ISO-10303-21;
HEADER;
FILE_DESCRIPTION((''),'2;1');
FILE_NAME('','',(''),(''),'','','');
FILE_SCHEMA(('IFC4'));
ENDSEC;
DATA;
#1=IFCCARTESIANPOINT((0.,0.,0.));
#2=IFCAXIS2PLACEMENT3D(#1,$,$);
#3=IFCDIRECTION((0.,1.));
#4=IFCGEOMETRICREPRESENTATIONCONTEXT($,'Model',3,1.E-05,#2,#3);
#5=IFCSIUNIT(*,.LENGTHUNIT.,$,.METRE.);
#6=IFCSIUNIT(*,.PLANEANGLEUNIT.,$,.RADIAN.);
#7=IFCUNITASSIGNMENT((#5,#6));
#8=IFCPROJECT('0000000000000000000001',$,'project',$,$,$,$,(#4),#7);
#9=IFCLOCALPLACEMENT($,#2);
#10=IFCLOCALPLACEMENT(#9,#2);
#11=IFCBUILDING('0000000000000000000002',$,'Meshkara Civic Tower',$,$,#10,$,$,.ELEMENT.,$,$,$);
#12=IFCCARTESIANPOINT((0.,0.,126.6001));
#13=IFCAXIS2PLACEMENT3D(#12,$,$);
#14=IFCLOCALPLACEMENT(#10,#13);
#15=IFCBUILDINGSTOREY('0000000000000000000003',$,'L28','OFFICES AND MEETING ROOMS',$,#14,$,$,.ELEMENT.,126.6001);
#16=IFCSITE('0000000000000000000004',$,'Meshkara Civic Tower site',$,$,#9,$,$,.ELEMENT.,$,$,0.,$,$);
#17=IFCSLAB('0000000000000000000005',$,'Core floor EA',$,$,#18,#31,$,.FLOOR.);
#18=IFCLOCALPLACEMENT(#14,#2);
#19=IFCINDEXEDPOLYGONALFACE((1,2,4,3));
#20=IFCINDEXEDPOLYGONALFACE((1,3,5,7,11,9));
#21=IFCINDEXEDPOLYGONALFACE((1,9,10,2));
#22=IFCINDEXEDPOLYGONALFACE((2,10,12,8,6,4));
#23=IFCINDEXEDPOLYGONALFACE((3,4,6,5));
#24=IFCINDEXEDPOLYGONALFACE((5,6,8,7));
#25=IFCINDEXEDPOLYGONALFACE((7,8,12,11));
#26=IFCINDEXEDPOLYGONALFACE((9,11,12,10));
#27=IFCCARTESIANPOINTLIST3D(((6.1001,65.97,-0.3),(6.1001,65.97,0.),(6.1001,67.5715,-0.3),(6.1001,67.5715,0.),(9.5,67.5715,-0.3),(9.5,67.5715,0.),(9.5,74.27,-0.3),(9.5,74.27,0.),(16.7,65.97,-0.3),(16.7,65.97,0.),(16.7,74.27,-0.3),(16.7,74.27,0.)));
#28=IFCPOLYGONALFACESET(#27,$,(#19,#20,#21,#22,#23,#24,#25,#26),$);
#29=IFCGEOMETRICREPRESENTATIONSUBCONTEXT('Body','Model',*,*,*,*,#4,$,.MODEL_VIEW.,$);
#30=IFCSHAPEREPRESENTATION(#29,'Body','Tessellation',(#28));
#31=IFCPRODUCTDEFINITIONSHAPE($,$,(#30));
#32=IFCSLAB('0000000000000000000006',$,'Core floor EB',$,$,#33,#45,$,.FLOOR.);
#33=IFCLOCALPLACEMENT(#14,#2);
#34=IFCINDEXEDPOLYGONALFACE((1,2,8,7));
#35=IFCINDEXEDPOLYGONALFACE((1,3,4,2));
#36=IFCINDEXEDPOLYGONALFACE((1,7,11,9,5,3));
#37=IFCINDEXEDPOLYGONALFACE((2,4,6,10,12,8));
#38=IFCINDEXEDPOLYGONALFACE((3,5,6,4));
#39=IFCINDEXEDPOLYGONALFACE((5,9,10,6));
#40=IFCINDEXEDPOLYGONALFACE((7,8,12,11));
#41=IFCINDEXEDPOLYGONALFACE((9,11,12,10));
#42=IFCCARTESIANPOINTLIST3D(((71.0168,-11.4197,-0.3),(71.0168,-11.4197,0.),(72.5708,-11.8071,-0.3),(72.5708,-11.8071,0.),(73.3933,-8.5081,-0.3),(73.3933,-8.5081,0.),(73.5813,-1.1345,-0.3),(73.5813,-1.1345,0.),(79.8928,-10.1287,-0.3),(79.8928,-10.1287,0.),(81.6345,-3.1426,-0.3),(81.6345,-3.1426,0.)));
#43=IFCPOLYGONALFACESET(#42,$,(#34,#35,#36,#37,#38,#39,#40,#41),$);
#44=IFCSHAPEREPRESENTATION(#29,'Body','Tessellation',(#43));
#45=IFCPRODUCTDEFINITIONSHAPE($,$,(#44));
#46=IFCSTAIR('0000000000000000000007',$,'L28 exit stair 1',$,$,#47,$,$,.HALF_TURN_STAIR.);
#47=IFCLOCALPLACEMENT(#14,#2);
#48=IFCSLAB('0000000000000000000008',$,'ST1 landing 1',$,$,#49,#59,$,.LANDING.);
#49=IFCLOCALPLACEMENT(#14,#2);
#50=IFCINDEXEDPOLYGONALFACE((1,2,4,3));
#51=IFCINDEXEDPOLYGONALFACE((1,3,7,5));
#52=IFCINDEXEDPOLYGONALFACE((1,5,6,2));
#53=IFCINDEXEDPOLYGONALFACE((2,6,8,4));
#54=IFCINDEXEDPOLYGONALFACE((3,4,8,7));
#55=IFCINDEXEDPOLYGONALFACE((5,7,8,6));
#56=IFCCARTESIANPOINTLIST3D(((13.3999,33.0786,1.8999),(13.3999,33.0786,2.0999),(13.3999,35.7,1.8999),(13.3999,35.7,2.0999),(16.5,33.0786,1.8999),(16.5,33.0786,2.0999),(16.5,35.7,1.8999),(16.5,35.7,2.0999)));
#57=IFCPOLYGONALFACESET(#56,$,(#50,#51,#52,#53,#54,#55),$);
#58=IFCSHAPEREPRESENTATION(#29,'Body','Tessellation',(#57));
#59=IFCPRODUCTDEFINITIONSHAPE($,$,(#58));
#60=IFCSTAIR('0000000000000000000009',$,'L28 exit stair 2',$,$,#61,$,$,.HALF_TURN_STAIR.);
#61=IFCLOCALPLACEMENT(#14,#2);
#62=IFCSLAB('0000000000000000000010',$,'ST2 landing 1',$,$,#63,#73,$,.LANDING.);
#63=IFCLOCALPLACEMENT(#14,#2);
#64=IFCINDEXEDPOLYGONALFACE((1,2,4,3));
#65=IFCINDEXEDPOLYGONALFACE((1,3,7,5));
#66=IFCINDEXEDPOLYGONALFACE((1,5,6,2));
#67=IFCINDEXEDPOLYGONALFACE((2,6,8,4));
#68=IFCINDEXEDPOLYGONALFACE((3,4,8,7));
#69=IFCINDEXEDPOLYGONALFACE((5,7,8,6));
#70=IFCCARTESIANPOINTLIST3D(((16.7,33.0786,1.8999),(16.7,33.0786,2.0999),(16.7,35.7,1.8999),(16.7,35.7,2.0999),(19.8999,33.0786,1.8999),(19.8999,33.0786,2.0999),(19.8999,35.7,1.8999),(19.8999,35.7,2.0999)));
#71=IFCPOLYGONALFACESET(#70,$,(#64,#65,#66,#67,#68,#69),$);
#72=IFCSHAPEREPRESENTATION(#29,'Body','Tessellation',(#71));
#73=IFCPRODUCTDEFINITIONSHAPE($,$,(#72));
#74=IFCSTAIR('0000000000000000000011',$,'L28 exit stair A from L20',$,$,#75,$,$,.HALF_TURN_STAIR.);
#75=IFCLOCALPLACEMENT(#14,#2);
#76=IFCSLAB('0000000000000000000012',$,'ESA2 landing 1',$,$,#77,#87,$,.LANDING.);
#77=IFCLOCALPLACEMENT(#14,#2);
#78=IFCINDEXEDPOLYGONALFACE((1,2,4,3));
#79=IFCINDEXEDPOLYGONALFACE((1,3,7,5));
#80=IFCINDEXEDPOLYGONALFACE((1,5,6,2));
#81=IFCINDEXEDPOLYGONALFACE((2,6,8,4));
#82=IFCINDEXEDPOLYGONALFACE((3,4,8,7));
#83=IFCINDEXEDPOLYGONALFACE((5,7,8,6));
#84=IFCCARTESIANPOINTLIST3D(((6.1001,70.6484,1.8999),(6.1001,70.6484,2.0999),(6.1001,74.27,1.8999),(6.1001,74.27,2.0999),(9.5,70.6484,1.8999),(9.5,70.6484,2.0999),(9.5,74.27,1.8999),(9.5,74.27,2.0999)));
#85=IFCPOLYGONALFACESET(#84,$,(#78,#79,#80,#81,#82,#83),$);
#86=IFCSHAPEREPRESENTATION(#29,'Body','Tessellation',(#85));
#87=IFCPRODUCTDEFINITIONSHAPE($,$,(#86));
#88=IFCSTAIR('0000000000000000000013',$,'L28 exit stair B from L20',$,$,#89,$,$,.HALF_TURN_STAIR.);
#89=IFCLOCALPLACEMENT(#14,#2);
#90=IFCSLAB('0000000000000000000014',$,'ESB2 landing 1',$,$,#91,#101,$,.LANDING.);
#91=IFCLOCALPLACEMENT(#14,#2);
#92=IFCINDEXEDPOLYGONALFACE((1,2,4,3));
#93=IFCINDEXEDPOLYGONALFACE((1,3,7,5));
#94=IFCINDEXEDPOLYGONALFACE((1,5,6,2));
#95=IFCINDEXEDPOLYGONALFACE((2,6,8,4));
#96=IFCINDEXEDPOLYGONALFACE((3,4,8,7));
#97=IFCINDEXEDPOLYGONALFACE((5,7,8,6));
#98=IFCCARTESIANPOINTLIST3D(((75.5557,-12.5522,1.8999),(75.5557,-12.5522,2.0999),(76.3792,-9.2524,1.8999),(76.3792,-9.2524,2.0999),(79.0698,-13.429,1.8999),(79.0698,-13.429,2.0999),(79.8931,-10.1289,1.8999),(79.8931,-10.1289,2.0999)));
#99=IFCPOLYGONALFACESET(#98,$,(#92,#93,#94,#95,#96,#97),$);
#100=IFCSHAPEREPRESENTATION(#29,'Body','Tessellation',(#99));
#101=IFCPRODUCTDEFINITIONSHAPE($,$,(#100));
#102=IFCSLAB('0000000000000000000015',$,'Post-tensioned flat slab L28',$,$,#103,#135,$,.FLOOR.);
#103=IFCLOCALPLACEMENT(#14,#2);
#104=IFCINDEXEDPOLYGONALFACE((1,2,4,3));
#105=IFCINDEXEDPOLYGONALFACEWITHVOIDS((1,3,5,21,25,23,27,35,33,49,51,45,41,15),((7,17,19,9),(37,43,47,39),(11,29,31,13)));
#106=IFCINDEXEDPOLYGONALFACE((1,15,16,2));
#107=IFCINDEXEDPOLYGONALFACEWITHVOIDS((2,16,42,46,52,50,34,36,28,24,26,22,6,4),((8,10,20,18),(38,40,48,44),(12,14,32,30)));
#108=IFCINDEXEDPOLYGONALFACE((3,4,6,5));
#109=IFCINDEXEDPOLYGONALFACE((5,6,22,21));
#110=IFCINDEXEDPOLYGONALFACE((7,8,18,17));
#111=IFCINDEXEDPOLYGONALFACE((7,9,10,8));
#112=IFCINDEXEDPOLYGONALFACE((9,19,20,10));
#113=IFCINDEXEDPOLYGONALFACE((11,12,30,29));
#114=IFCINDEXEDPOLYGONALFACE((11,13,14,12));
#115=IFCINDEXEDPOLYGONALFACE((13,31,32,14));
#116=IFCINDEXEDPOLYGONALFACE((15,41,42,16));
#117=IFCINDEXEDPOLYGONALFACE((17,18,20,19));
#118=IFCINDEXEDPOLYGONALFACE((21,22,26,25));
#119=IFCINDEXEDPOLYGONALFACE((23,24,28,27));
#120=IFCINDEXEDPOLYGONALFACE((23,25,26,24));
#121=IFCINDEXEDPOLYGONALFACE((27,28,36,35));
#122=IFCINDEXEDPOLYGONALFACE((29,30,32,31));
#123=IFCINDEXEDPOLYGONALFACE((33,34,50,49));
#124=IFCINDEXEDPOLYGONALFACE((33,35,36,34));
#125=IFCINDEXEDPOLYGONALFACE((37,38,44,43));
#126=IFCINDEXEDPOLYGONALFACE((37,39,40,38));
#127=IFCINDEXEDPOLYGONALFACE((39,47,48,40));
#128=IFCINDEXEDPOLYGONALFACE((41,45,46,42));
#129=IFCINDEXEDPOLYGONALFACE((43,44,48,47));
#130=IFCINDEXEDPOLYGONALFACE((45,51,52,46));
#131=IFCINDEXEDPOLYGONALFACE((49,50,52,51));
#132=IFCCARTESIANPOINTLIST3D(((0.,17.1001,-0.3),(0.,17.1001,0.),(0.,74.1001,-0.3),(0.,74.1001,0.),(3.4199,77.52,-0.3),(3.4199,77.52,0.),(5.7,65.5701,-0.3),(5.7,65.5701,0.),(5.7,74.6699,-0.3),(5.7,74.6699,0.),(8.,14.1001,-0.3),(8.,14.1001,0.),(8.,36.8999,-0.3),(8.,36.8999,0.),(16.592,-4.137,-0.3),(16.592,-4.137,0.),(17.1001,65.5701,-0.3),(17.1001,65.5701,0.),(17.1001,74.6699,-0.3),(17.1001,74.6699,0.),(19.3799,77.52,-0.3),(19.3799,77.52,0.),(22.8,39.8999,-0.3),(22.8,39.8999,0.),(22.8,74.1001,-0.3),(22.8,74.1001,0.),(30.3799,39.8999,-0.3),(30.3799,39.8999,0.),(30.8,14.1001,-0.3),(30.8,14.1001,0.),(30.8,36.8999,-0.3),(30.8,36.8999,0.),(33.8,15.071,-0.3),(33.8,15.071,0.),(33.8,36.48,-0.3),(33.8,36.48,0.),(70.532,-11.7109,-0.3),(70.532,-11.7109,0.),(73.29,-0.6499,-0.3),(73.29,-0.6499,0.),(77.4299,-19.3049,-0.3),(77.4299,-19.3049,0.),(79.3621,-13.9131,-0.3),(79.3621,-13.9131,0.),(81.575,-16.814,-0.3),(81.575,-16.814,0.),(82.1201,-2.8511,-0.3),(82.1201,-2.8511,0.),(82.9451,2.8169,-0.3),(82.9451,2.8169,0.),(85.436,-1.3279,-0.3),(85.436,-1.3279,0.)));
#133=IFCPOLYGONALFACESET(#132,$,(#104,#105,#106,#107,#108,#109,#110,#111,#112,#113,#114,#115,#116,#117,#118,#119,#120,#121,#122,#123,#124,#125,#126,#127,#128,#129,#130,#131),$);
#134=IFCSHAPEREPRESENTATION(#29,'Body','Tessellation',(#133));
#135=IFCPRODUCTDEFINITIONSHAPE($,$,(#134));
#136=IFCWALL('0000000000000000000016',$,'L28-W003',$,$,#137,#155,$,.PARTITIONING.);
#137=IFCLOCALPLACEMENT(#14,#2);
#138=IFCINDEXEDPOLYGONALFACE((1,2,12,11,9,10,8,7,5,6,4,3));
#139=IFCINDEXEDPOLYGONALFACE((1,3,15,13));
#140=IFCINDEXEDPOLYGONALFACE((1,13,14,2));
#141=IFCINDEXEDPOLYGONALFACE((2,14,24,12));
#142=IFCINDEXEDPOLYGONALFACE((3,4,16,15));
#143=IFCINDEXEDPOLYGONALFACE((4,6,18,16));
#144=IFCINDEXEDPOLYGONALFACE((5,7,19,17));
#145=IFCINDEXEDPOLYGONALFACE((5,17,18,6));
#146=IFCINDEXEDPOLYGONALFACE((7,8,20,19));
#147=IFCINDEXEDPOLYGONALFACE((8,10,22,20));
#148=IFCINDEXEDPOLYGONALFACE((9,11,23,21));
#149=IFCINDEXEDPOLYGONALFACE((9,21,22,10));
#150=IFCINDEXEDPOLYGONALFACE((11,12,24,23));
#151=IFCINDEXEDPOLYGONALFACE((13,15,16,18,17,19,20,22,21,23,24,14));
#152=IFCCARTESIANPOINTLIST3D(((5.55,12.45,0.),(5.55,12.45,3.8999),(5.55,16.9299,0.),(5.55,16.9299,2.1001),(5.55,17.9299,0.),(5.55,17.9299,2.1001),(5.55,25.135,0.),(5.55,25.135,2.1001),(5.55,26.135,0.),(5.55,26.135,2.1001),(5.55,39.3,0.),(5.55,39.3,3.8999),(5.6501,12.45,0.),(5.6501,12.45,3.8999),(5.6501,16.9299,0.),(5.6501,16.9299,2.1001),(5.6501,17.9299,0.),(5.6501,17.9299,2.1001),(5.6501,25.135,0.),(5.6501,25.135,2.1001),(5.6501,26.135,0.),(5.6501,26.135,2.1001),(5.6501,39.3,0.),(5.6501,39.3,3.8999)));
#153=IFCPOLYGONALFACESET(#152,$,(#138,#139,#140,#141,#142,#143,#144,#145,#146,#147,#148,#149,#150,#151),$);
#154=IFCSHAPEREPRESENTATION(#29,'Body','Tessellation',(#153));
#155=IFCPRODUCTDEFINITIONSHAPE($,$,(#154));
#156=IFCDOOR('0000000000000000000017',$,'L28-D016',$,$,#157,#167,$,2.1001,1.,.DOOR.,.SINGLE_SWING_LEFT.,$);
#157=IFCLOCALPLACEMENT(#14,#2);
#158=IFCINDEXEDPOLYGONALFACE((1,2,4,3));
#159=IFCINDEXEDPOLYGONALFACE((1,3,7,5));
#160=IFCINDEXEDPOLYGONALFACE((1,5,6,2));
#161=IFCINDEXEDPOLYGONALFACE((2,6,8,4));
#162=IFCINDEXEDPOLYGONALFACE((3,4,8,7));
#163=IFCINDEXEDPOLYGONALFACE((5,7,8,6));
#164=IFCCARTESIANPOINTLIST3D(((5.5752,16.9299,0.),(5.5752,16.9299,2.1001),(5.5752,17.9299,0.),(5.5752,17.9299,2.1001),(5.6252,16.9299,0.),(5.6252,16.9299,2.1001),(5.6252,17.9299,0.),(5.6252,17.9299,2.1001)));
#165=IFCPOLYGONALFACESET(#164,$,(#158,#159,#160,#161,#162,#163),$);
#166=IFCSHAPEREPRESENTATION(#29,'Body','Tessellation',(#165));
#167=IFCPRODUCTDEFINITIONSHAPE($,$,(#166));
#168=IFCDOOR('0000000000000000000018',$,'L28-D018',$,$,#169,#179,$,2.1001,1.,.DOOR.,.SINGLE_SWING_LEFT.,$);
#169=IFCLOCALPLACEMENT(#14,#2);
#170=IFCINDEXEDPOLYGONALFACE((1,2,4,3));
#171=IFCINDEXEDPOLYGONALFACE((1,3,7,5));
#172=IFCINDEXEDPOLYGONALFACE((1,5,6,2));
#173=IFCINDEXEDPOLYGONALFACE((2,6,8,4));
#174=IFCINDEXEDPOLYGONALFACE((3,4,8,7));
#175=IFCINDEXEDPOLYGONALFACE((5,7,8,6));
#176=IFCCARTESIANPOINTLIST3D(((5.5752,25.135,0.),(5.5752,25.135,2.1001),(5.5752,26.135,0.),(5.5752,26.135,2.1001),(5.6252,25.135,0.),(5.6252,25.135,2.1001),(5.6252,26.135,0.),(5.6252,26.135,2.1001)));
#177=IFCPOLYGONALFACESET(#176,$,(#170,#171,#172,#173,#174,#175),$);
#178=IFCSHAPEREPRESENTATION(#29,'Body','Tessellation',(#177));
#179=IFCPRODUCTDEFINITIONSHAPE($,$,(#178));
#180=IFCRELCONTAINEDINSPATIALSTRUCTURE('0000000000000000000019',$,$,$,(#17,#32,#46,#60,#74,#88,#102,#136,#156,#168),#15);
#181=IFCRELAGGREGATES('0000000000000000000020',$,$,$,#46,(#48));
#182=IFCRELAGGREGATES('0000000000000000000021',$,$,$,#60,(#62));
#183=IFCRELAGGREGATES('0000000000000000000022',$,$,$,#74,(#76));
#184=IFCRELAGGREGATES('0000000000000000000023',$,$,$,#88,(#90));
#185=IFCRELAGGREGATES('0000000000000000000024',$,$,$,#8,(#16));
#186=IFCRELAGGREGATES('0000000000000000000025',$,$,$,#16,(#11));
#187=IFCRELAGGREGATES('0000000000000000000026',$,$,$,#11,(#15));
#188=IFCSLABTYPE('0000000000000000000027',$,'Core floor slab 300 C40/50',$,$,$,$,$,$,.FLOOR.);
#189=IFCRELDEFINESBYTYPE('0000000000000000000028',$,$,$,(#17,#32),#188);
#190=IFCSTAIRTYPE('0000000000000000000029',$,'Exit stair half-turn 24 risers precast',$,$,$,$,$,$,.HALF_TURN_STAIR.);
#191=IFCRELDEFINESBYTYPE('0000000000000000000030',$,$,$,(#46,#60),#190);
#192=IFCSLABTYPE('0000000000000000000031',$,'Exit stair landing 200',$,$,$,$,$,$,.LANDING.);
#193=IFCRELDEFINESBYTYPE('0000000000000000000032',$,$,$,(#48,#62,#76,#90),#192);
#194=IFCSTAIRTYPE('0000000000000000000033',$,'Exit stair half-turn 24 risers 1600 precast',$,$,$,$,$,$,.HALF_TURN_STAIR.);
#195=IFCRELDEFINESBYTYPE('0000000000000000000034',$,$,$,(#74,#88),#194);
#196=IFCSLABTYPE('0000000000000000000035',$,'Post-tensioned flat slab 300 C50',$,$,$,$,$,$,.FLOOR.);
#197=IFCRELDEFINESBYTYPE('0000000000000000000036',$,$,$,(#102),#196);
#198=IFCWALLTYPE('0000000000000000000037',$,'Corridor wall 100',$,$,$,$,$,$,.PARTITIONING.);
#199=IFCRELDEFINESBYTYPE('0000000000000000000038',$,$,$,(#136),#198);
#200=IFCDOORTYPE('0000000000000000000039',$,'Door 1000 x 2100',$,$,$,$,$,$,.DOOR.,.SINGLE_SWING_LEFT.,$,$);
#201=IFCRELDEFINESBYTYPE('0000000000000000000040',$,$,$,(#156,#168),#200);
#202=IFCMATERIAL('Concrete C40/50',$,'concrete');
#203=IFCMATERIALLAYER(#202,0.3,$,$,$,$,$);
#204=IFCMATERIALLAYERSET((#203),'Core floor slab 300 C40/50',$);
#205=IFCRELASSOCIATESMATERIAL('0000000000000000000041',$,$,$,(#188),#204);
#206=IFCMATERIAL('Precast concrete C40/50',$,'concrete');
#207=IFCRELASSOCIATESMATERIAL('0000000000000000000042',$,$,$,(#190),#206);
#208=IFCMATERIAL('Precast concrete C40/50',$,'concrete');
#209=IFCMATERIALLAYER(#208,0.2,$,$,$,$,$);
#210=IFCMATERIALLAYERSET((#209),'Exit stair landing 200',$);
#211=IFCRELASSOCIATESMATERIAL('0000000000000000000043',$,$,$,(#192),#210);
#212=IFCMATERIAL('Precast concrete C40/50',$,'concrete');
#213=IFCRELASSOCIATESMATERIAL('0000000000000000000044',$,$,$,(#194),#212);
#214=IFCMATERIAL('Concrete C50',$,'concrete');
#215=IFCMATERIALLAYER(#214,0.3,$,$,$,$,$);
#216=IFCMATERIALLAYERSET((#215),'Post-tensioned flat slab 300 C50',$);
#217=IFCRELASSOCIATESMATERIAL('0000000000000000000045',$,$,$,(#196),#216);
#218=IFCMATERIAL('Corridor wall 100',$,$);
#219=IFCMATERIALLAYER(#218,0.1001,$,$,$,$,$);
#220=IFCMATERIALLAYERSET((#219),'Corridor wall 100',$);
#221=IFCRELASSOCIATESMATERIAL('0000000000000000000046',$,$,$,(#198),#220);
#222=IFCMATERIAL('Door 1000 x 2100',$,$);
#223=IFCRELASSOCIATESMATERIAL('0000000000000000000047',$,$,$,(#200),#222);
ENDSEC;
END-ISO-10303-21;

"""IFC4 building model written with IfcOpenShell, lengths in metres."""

from ifc_helpers import new_model, si_unit, direction, frame, frame_2d, origin, place, context, subcontext, project, spatial, polyline, rectangle, outline, extrude, material, layer, layer_set, type_object, element, fill, aggregate, save


model = new_model("IFC4")

# Units and contexts
model_context = context("Model", 3, precision=1e-05, world=origin(), true_north=direction((0.0, 1.0)))
body_context = subcontext(model_context, "Body", "Model", "MODEL_VIEW")
ifc_project = project(units=[si_unit("LENGTHUNIT", "METRE"), si_unit("PLANEANGLEUNIT", "RADIAN")], contexts=[model_context])

# Site, building, storey
site_placement = place(None, origin())
site = spatial("IfcSite", under=ifc_project, at=site_placement, Name="Meshkara Civic Tower site", CompositionType="ELEMENT", RefElevation=0.0)
building_placement = place(site_placement, origin())
building = spatial("IfcBuilding", under=site, at=building_placement, Name="Meshkara Civic Tower", CompositionType="ELEMENT")
storey_placement = place(building_placement, frame((0.0, 0.0, 126.6001)))
storey = spatial("IfcBuildingStorey", under=building, at=storey_placement, Name="L28", Description="OFFICES AND MEETING ROOMS", CompositionType="ELEMENT", Elevation=126.6001)

# Slabs
ifc_material_1 = material(Name="Concrete C40/50", Category="concrete")
ifc_layer_1 = layer(ifc_material_1, 0.3)
ifc_layer_set_1 = layer_set([ifc_layer_1], Name="Core floor slab 300 C40/50")
slab_type_1 = type_object("IfcSlabType", Name="Core floor slab 300 C40/50", PredefinedType="FLOOR", material=ifc_layer_set_1)
slab_1_placement = place(storey_placement, frame((0.0, 0.0, -0.3)))
element("IfcSlab", 1, at=slab_1_placement, inside=storey, type_object=slab_type_1, Name="Core floor EA", PredefinedType="FLOOR", context=body_context, shape_type="SweptSolid", body=[
    extrude(outline(polyline([(16.7, 65.97), (16.7, 74.27), (9.5, 74.27), (9.5, 67.5715), (6.1001, 67.5715), (6.1001, 65.97), (16.7, 65.97)])), origin(), (0.0, 0.0, 1.0), 0.3),
])
slab_2_placement = place(storey_placement, frame((0.0, 0.0, -0.3)))
element("IfcSlab", 2, at=slab_2_placement, inside=storey, type_object=slab_type_1, Name="Core floor EB", PredefinedType="FLOOR", context=body_context, shape_type="SweptSolid", body=[
    extrude(outline(polyline([(73.5813, -1.1345), (81.6345, -3.1426), (79.8928, -10.1287), (73.3933, -8.5081), (72.5708, -11.8071), (71.0168, -11.4197), (73.5813, -1.1345)])), origin(), (0.0, 0.0, 1.0), 0.3),
])

# Stairs, slabs
ifc_material_2 = material(Name="Precast concrete C40/50", Category="concrete")
stair_type_1 = type_object("IfcStairType", Name="Exit stair half-turn 24 risers precast", PredefinedType="HALF_TURN_STAIR", material=ifc_material_2)
stair_1_placement = place(storey_placement, origin())
stair_1 = element("IfcStair", 3, at=stair_1_placement, inside=storey, type_object=stair_type_1, Name="L28 exit stair 1", PredefinedType="HALF_TURN_STAIR")
ifc_material_3 = material(Name="Precast concrete C40/50", Category="concrete")
ifc_layer_2 = layer(ifc_material_3, 0.2)
ifc_layer_set_2 = layer_set([ifc_layer_2], Name="Exit stair landing 200")
slab_type_2 = type_object("IfcSlabType", Name="Exit stair landing 200", PredefinedType="LANDING", material=ifc_layer_set_2)
slab_3_placement = place(storey_placement, frame((0.0, 0.0, 1.8999)))
slab_3 = element("IfcSlab", 4, at=slab_3_placement, type_object=slab_type_2, Name="ST1 landing 1", PredefinedType="LANDING", context=body_context, shape_type="SweptSolid", body=[
    extrude(outline(polyline([(16.5, 33.0786), (16.5, 35.7), (13.3999, 35.7), (13.3999, 33.0786), (16.5, 33.0786)])), origin(), (0.0, 0.0, 1.0), 0.2),
])
aggregate(stair_1, [slab_3])
stair_2_placement = place(storey_placement, origin())
stair_2 = element("IfcStair", 5, at=stair_2_placement, inside=storey, type_object=stair_type_1, Name="L28 exit stair 2", PredefinedType="HALF_TURN_STAIR")
slab_4_placement = place(storey_placement, frame((0.0, 0.0, 1.8999)))
slab_4 = element("IfcSlab", 6, at=slab_4_placement, type_object=slab_type_2, Name="ST2 landing 1", PredefinedType="LANDING", context=body_context, shape_type="SweptSolid", body=[
    extrude(outline(polyline([(19.8999, 33.0786), (19.8999, 35.7), (16.7, 35.7), (16.7, 33.0786), (19.8999, 33.0786)])), origin(), (0.0, 0.0, 1.0), 0.2),
])
aggregate(stair_2, [slab_4])
ifc_material_4 = material(Name="Precast concrete C40/50", Category="concrete")
stair_type_2 = type_object("IfcStairType", Name="Exit stair half-turn 24 risers 1600 precast", PredefinedType="HALF_TURN_STAIR", material=ifc_material_4)
stair_3_placement = place(storey_placement, origin())
stair_3 = element("IfcStair", 7, at=stair_3_placement, inside=storey, type_object=stair_type_2, Name="L28 exit stair A from L20", PredefinedType="HALF_TURN_STAIR")
slab_5_placement = place(storey_placement, frame((0.0, 0.0, 1.8999)))
slab_5 = element("IfcSlab", 8, at=slab_5_placement, type_object=slab_type_2, Name="ESA2 landing 1", PredefinedType="LANDING", context=body_context, shape_type="SweptSolid", body=[
    extrude(outline(polyline([(9.5, 70.6484), (9.5, 74.27), (6.1001, 74.27), (6.1001, 70.6484), (9.5, 70.6484)])), origin(), (0.0, 0.0, 1.0), 0.2),
])
aggregate(stair_3, [slab_5])
stair_4_placement = place(storey_placement, origin())
stair_4 = element("IfcStair", 9, at=stair_4_placement, inside=storey, type_object=stair_type_2, Name="L28 exit stair B from L20", PredefinedType="HALF_TURN_STAIR")
slab_6_placement = place(storey_placement, frame((0.0, 0.0, 1.8999)))
slab_6 = element("IfcSlab", 10, at=slab_6_placement, type_object=slab_type_2, Name="ESB2 landing 1", PredefinedType="LANDING", context=body_context, shape_type="SweptSolid", body=[
    extrude(outline(polyline([(75.5557, -12.5522), (79.0698, -13.429), (79.8931, -10.1289), (76.3792, -9.2524), (75.5557, -12.5522)])), origin(), (0.0, 0.0, 1.0), 0.2),
])
aggregate(stair_4, [slab_6])

# Slab
ifc_material_5 = material(Name="Concrete C50", Category="concrete")
ifc_layer_3 = layer(ifc_material_5, 0.3)
ifc_layer_set_3 = layer_set([ifc_layer_3], Name="Post-tensioned flat slab 300 C50")
slab_type_3 = type_object("IfcSlabType", Name="Post-tensioned flat slab 300 C50", PredefinedType="FLOOR", material=ifc_layer_set_3)
slab_7_placement = place(storey_placement, frame((0.0, 0.0, -0.3)))
element("IfcSlab", 11, at=slab_7_placement, inside=storey, type_object=slab_type_3, Name="Post-tensioned flat slab L28", PredefinedType="FLOOR", context=body_context, shape_type="SweptSolid", body=[
    extrude(outline(polyline([(81.575, -16.814), (77.4299, -19.3049), (16.592, -4.137), (0.0, 17.1001), (0.0, 74.1001), (3.4199, 77.52), (19.3799, 77.52), (22.8, 74.1001), (22.8, 39.8999), (30.3799, 39.8999), (33.8, 36.48), (33.8, 15.071), (82.9451, 2.8169), (85.436, -1.3279), (81.575, -16.814)]), holes=[polyline([(79.3621, -13.9131), (82.1201, -2.8511), (73.29, -0.6499), (70.532, -11.7109), (79.3621, -13.9131)]), polyline([(8.0, 14.1001), (30.8, 14.1001), (30.8, 36.8999), (8.0, 36.8999), (8.0, 14.1001)]), polyline([(5.7, 74.6699), (5.7, 65.5701), (17.1001, 65.5701), (17.1001, 74.6699), (5.7, 74.6699)])]), origin(), (0.0, 0.0, 1.0), 0.3),
])

# Wall, openings, doors
ifc_material_6 = material(Name="Corridor wall 100")
ifc_layer_4 = layer(ifc_material_6, 0.1001)
ifc_layer_set_4 = layer_set([ifc_layer_4], Name="Corridor wall 100")
wall_type_1 = type_object("IfcWallType", Name="Corridor wall 100", PredefinedType="PARTITIONING", material=ifc_layer_set_4)
wall_1_placement = place(storey_placement, frame((5.6001, 12.45, 0.0), z_axis=(0.0, 0.0, 1.0), x_axis=(0.0, 1.0, 0.0)))
wall_1 = element("IfcWall", 12, at=wall_1_placement, inside=storey, type_object=wall_type_1, Name="L28-W003", PredefinedType="PARTITIONING", context=body_context, shape_type="SweptSolid", body=[
    extrude(rectangle(XDim=26.8501, YDim=0.1001, at=frame_2d((13.425, 0.0))), origin(), (0.0, 0.0, 1.0), 3.8999),
])
opening_1_placement = place(wall_1_placement, frame((4.48, 0.0, 0.0)))
opening_1 = element("IfcOpeningElement", 13, at=opening_1_placement, cuts=wall_1, PredefinedType="OPENING", context=body_context, shape_type="SweptSolid", body=[
    extrude(rectangle(XDim=1.0, YDim=2.1001, at=frame_2d((0.5, 1.05))), frame((0.0, 0.0601, 0.0), z_axis=(0.0, -1.0, 0.0), x_axis=(1.0, 0.0, 0.0)), (0.0, 0.0, 1.0), 0.1201),
])
opening_2_placement = place(wall_1_placement, frame((12.6851, 0.0, 0.0)))
opening_2 = element("IfcOpeningElement", 14, at=opening_2_placement, cuts=wall_1, PredefinedType="OPENING", context=body_context, shape_type="SweptSolid", body=[
    extrude(rectangle(XDim=1.0, YDim=2.1001, at=frame_2d((0.5, 1.05))), frame((0.0, 0.0601, 0.0), z_axis=(0.0, -1.0, 0.0), x_axis=(1.0, 0.0, 0.0)), (0.0, 0.0, 1.0), 0.1201),
])
ifc_material_7 = material(Name="Door 1000 x 2100")
door_type = type_object("IfcDoorType", Name="Door 1000 x 2100", OperationType="SINGLE_SWING_LEFT", PredefinedType="DOOR", material=ifc_material_7)
door_1_placement = place(opening_1_placement, origin())
door_1 = element("IfcDoor", 15, at=door_1_placement, inside=storey, type_object=door_type, Name="L28-D016", OperationType="SINGLE_SWING_LEFT", OverallHeight=2.1001, OverallWidth=1.0, PredefinedType="DOOR", context=body_context, shape_type="SweptSolid", body=[
    extrude(rectangle(XDim=1.0, YDim=2.1001, at=frame_2d((0.5, 1.05))), frame((0.0, 0.0249, 0.0), z_axis=(0.0, -1.0, 0.0), x_axis=(1.0, 0.0, 0.0)), (0.0, 0.0, 1.0), 0.05),
])
fill(opening_1, door_1)
door_2_placement = place(opening_2_placement, origin())
door_2 = element("IfcDoor", 16, at=door_2_placement, inside=storey, type_object=door_type, Name="L28-D018", OperationType="SINGLE_SWING_LEFT", OverallHeight=2.1001, OverallWidth=1.0, PredefinedType="DOOR", context=body_context, shape_type="SweptSolid", body=[
    extrude(rectangle(XDim=1.0, YDim=2.1001, at=frame_2d((0.5, 1.05))), frame((0.0, 0.0249, 0.0), z_axis=(0.0, -1.0, 0.0), x_axis=(1.0, 0.0, 0.0)), (0.0, 0.0, 1.0), 0.05),
])
fill(opening_2, door_2)

save(model, "model.ifc")
